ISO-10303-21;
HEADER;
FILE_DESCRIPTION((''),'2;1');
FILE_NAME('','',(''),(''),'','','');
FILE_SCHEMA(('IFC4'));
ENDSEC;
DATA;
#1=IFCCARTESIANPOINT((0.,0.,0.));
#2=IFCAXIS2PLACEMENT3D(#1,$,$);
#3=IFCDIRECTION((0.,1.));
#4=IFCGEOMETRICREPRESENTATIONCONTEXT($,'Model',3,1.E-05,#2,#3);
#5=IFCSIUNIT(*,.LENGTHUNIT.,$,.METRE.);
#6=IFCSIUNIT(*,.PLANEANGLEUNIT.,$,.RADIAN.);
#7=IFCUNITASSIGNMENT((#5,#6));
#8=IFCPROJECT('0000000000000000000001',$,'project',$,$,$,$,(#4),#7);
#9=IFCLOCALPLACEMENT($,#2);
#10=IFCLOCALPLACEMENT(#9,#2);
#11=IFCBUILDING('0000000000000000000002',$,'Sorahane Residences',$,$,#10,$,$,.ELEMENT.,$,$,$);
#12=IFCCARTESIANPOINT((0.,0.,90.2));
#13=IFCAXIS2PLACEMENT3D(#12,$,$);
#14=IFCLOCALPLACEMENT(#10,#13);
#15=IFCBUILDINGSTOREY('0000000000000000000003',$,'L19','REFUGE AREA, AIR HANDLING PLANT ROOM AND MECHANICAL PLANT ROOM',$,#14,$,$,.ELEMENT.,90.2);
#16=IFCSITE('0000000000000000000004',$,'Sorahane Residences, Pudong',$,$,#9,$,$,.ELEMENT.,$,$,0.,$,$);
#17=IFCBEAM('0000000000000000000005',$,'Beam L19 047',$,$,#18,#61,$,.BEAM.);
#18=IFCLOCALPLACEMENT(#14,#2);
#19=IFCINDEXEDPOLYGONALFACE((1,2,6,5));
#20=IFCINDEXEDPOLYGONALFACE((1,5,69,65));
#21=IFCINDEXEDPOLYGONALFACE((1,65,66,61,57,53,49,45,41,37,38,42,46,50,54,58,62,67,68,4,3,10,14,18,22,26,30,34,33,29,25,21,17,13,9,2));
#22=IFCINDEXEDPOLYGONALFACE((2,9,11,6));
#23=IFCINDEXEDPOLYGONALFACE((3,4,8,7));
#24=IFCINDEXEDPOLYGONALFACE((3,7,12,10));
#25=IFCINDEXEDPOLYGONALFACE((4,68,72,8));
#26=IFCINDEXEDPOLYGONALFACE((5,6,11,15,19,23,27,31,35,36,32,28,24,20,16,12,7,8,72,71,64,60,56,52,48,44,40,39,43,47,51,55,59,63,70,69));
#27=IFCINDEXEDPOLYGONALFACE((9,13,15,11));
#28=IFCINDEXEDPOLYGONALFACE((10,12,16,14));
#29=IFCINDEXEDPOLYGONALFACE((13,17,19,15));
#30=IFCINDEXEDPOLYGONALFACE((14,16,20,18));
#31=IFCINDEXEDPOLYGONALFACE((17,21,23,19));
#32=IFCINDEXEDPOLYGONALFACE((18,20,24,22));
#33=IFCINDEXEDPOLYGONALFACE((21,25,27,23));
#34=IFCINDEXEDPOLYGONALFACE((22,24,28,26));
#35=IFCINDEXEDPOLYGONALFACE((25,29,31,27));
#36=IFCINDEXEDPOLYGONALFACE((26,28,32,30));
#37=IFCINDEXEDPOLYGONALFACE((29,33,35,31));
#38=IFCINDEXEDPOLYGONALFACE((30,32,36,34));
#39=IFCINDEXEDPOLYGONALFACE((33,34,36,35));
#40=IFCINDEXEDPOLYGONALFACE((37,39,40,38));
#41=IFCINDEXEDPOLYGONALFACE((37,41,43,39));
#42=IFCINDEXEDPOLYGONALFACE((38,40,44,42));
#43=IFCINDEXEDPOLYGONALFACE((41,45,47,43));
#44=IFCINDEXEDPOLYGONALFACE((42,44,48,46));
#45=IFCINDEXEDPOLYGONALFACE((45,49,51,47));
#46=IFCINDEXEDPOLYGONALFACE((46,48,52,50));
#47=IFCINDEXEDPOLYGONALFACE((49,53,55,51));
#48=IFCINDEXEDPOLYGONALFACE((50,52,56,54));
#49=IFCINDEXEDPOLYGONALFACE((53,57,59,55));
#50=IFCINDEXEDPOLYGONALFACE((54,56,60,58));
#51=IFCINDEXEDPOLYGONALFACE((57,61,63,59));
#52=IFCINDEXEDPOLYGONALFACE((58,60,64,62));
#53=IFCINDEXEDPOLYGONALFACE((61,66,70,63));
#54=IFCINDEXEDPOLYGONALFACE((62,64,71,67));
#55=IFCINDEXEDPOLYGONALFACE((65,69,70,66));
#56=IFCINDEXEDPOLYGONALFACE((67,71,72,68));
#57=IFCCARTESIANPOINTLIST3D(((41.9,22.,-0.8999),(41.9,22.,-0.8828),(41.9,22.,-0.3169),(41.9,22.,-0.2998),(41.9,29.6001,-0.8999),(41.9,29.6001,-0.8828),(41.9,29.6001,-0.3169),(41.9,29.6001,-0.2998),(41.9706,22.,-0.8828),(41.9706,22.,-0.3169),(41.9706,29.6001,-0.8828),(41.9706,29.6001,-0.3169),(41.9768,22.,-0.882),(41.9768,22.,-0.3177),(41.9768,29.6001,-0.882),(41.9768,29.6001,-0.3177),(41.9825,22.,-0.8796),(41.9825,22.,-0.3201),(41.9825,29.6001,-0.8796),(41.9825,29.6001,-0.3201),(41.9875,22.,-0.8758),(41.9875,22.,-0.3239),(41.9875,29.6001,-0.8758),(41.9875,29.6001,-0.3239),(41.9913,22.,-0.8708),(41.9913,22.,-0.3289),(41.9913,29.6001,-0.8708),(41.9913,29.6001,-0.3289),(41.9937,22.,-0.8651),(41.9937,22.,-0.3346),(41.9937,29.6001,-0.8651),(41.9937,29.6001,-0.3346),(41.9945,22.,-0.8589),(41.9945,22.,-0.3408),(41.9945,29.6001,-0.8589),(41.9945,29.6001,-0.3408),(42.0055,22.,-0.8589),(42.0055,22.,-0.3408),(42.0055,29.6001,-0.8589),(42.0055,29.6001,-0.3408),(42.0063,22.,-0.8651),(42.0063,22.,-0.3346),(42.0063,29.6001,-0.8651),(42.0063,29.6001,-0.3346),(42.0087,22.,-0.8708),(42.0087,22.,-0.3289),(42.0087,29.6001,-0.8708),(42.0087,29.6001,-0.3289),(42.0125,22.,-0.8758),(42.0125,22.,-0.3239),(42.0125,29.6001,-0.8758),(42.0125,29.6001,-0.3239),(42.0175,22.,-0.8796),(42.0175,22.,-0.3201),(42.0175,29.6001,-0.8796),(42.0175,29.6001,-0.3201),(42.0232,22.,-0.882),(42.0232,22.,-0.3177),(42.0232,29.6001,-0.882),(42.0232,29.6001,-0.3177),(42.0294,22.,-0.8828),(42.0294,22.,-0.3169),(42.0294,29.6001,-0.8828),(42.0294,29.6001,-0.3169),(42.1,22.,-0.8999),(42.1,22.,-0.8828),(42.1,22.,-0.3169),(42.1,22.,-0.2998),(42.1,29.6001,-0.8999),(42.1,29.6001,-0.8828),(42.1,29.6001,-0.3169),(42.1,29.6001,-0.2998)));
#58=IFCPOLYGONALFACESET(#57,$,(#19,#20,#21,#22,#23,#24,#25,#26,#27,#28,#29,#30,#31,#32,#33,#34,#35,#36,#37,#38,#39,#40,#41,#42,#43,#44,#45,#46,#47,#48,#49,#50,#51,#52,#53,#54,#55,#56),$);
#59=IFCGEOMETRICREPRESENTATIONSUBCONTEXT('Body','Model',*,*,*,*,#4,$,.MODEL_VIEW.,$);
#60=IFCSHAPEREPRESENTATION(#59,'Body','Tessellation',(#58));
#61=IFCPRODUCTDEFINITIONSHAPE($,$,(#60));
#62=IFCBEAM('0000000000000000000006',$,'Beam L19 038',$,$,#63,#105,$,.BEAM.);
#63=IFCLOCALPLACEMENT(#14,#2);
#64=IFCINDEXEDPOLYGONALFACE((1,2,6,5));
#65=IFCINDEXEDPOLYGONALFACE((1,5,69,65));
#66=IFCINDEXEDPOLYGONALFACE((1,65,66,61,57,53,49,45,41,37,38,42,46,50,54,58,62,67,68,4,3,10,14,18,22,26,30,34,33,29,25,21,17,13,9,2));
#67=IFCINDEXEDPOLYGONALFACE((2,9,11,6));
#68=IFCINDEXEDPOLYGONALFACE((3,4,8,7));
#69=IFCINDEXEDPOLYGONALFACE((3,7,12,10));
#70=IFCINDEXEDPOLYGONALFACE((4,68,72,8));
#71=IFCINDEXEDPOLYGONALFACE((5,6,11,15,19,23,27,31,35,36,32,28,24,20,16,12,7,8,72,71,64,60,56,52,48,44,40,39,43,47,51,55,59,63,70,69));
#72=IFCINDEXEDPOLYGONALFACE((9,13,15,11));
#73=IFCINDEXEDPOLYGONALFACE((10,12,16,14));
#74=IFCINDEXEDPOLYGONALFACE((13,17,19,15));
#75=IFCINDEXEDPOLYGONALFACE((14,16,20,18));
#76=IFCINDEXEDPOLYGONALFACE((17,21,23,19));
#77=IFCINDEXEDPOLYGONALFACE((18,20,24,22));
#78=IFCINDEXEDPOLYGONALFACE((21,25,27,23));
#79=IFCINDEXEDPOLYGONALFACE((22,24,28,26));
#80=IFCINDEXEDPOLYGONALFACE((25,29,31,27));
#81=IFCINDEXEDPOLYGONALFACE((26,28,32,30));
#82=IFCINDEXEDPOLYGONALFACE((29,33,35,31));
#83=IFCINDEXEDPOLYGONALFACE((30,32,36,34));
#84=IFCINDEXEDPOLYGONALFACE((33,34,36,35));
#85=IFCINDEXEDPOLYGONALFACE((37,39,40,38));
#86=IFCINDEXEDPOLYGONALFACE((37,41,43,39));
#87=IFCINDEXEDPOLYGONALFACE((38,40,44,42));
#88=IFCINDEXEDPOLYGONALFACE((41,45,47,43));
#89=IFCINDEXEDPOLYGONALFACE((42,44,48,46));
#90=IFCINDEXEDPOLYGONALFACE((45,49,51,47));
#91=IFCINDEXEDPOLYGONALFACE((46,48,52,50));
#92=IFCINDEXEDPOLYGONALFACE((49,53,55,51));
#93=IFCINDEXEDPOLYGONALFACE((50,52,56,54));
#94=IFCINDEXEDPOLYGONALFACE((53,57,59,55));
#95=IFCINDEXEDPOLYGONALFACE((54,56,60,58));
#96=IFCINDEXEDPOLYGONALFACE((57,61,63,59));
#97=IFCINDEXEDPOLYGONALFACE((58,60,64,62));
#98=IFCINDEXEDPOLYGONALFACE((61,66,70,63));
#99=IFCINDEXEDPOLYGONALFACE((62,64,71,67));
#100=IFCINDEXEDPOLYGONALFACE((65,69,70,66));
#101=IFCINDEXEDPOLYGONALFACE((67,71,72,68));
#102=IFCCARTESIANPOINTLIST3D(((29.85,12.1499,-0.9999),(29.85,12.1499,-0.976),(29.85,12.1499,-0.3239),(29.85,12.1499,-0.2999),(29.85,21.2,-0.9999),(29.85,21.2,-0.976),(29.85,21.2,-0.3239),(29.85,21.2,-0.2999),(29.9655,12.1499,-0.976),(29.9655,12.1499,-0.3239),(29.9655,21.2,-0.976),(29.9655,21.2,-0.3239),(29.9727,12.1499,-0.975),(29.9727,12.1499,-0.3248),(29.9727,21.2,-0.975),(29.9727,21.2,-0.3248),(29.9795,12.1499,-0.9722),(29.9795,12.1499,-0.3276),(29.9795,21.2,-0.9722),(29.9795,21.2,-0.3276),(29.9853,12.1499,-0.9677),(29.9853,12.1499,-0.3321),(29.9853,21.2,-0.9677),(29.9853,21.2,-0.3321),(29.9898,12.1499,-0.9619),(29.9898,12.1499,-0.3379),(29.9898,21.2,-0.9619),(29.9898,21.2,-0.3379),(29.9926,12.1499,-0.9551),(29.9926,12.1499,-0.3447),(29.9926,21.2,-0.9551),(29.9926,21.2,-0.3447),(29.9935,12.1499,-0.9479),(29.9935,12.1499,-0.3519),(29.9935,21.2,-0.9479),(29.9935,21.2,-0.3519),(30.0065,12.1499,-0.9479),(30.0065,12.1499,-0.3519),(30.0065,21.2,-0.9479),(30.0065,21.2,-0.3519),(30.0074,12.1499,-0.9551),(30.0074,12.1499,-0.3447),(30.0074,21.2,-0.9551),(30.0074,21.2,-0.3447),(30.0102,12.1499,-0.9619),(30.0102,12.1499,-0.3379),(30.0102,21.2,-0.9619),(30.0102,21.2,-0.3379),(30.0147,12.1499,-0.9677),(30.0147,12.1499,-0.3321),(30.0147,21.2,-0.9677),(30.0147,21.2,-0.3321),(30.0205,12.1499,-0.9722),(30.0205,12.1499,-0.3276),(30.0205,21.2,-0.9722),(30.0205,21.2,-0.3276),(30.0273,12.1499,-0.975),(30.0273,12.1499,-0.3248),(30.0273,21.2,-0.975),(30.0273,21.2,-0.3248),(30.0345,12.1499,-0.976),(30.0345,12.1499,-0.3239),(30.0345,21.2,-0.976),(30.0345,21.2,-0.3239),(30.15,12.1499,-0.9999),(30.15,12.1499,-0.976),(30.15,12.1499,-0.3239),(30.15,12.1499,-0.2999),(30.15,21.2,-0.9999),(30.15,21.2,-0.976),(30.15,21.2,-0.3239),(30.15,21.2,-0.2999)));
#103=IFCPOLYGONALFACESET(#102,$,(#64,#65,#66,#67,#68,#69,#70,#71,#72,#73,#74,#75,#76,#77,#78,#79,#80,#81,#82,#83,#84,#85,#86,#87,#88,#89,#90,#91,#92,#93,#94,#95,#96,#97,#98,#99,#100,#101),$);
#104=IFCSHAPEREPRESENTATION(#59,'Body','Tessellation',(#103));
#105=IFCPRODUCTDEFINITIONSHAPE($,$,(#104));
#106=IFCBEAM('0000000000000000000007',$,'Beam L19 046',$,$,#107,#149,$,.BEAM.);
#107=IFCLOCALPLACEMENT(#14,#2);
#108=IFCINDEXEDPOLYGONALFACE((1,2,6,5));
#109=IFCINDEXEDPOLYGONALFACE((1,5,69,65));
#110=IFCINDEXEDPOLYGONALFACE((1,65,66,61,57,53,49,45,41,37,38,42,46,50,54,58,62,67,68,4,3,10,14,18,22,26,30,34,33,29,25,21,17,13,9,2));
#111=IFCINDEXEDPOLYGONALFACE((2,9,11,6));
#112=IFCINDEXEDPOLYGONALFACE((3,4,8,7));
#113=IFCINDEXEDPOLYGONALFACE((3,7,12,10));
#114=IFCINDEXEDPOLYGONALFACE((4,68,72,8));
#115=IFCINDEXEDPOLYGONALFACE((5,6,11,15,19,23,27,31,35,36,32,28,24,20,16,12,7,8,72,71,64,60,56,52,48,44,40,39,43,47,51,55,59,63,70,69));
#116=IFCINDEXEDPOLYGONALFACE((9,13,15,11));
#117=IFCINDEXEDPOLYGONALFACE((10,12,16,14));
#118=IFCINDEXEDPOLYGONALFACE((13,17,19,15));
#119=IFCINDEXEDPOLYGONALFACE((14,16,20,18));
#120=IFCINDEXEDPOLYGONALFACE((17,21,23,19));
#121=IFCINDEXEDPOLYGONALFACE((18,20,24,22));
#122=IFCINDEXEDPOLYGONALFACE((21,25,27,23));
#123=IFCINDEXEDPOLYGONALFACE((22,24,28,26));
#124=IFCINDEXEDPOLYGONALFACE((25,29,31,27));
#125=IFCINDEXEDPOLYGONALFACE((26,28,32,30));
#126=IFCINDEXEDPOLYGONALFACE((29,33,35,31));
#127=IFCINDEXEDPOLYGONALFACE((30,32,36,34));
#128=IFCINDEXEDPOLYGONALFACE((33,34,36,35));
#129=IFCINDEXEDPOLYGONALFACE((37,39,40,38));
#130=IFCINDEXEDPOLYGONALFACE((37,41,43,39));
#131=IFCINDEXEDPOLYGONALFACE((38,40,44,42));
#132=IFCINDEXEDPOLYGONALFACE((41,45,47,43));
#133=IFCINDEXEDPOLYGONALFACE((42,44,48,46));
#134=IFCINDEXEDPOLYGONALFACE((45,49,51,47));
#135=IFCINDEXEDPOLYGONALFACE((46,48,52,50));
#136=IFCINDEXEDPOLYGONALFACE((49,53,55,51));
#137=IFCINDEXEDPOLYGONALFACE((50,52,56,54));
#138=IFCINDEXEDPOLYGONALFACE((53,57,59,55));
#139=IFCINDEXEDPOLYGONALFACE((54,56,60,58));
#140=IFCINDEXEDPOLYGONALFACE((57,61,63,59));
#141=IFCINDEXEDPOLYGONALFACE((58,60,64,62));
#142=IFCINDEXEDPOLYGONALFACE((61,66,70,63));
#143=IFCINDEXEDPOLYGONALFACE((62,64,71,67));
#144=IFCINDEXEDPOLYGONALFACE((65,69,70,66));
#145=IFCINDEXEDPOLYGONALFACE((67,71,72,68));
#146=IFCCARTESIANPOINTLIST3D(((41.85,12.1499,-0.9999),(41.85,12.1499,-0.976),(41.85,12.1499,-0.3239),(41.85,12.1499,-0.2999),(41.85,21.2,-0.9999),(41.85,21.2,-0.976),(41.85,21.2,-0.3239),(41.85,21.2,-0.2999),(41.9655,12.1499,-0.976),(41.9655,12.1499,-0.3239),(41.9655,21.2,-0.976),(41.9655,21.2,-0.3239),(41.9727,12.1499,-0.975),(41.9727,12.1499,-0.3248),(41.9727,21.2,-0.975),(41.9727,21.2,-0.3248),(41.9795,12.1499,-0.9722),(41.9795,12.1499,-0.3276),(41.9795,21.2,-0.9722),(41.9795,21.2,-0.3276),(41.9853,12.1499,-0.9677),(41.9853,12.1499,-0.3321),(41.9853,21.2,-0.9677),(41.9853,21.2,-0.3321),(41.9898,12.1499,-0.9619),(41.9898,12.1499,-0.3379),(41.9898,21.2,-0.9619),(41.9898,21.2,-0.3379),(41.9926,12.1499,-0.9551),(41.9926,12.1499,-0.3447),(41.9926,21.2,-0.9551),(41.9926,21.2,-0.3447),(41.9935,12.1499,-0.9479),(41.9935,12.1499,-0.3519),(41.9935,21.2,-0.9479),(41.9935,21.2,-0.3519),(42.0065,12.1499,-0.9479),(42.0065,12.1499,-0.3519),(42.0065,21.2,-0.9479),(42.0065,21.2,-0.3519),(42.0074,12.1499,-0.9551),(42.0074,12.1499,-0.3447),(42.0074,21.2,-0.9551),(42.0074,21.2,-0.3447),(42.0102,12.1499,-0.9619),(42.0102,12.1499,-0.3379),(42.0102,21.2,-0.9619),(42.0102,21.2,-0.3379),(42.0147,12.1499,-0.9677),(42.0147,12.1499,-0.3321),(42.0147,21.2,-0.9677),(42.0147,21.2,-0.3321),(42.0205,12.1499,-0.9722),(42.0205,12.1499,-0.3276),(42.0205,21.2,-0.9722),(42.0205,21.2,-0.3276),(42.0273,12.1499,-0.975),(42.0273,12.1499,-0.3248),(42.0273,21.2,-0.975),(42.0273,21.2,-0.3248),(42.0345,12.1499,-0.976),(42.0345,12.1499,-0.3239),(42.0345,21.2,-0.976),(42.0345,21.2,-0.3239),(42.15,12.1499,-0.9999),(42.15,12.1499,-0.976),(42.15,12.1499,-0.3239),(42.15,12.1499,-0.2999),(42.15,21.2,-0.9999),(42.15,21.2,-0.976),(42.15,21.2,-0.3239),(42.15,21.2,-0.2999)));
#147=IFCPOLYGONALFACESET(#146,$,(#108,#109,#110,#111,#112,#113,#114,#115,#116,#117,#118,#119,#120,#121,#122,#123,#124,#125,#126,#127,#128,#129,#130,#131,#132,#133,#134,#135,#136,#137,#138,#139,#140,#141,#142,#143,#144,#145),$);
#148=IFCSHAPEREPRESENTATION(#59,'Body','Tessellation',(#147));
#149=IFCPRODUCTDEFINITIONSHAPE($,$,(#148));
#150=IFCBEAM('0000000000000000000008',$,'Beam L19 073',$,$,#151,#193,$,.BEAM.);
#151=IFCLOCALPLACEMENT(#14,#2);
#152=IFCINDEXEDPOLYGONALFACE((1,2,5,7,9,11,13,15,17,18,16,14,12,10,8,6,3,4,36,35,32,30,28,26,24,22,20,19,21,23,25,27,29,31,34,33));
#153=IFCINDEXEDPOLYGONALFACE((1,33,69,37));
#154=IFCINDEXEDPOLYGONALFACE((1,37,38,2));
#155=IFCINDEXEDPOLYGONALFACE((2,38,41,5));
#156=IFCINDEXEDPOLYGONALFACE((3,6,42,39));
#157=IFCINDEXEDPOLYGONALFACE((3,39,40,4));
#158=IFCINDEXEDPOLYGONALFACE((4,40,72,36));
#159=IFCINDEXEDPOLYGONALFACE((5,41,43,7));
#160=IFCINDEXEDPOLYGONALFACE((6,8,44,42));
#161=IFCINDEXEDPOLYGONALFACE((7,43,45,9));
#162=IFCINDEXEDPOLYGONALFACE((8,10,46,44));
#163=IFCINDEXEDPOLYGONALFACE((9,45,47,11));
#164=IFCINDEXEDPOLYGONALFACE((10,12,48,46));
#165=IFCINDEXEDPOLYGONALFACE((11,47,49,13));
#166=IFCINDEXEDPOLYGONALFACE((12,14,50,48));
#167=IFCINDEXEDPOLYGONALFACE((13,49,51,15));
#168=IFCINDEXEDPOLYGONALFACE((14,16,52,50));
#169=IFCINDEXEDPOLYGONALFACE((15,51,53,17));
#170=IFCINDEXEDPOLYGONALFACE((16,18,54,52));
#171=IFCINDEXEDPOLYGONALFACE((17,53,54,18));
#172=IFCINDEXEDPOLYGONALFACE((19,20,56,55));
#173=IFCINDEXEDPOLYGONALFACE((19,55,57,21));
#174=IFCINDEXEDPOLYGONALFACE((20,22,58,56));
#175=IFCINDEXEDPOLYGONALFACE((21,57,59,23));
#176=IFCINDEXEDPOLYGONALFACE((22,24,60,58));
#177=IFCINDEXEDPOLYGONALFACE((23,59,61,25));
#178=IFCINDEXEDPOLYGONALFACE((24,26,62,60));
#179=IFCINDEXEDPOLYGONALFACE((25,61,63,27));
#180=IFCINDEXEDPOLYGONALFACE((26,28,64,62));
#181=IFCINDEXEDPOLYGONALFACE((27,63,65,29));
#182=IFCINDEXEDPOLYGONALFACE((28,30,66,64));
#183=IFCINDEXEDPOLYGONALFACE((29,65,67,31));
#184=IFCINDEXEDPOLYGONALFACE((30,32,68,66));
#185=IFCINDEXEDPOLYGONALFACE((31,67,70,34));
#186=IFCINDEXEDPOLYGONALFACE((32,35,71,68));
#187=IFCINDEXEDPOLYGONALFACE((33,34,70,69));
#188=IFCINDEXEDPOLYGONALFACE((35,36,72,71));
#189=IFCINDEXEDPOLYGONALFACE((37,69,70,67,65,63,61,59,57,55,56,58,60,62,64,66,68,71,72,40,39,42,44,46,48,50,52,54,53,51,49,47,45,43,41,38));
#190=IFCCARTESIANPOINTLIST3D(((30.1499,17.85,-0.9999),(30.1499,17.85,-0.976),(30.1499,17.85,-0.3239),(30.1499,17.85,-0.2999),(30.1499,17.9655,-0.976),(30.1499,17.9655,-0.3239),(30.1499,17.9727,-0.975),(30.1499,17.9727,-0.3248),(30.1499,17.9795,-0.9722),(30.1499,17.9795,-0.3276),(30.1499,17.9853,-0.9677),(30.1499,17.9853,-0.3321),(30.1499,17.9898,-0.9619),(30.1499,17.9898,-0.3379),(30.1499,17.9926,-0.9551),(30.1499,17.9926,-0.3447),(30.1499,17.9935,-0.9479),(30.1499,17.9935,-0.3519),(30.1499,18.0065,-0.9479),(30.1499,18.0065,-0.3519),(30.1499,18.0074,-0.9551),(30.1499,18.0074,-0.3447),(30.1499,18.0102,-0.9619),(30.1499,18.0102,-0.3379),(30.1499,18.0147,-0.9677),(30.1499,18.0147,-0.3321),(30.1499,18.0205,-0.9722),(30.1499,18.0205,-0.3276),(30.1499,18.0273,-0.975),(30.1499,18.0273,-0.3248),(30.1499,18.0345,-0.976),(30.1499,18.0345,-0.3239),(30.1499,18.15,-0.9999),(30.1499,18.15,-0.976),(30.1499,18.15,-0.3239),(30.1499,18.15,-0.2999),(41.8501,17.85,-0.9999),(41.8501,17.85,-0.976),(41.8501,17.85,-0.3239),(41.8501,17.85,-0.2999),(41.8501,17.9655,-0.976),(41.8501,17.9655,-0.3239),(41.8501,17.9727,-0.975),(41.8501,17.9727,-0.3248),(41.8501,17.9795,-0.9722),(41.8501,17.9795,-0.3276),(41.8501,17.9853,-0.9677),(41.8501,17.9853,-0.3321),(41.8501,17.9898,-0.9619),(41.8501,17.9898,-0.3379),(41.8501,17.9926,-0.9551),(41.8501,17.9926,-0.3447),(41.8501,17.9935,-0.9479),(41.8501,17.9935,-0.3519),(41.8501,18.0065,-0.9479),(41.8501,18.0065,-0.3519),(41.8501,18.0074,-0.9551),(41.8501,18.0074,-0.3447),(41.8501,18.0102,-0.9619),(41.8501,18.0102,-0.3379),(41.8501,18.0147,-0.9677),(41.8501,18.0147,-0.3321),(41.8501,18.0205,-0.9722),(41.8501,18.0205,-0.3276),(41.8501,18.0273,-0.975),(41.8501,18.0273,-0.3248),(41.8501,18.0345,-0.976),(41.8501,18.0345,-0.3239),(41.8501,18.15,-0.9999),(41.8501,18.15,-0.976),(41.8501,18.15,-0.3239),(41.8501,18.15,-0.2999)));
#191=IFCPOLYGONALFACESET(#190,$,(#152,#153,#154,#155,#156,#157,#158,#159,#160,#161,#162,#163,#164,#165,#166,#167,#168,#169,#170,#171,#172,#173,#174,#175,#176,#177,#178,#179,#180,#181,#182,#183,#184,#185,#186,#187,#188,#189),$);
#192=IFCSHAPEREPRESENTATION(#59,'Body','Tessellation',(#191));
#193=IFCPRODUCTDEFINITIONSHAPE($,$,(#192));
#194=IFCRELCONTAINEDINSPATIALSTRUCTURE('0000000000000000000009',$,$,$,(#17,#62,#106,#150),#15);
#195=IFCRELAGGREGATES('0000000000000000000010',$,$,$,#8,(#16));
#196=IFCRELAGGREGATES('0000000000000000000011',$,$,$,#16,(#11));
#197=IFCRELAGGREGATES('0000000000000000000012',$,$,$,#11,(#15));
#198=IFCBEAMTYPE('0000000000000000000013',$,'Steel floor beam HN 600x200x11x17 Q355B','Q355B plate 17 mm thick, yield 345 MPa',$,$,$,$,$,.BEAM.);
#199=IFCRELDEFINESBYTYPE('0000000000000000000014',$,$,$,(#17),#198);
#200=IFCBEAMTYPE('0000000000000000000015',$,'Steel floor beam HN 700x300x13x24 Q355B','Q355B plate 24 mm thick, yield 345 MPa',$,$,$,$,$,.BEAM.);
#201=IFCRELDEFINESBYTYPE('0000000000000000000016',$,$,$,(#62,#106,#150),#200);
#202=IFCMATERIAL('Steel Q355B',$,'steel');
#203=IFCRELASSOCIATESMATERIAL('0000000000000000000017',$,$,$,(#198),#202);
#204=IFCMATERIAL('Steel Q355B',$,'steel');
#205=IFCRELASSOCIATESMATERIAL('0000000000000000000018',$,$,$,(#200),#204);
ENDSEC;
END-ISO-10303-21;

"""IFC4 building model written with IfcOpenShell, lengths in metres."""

from ifc_helpers import new_model, si_unit, direction, frame, origin, origin_2d, place, context, subcontext, project, spatial, i_section, extrude, material, material_profile, profile_set, type_object, element, save


model = new_model("IFC4")

# Units and contexts
model_context = context("Model", 3, precision=1e-05, world=origin(), true_north=direction((0.0, 1.0)))
body_context = subcontext(model_context, "Body", "Model", "MODEL_VIEW")
ifc_project = project(units=[si_unit("LENGTHUNIT", "METRE"), si_unit("PLANEANGLEUNIT", "RADIAN")], contexts=[model_context])

# Site, building, storey
site_placement = place(None, origin())
site = spatial("IfcSite", under=ifc_project, at=site_placement, Name="Sorahane Residences, Pudong", CompositionType="ELEMENT", RefElevation=0.0)
building_placement = place(site_placement, origin())
building = spatial("IfcBuilding", under=site, at=building_placement, Name="Sorahane Residences", CompositionType="ELEMENT")
storey_placement = place(building_placement, frame((0.0, 0.0, 90.2)))
storey = spatial("IfcBuildingStorey", under=building, at=storey_placement, Name="L19", Description="REFUGE AREA, AIR HANDLING PLANT ROOM AND MECHANICAL PLANT ROOM", CompositionType="ELEMENT", Elevation=90.2)

# Beams
ifc_material_1 = material(Name="Steel Q355B", Category="steel")
ifc_material_profile_1 = material_profile(ifc_material_1, i_section(OverallWidth=0.2, OverallDepth=0.6001, WebThickness=0.011, FlangeThickness=0.0171, FilletRadius=0.0239, at=origin_2d()), Name="HN 600x200x11x17")
ifc_profile_set_1 = profile_set([ifc_material_profile_1], Name="Steel Q355B")
beam_type_1 = type_object("IfcBeamType", Name="Steel floor beam HN 600x200x11x17 Q355B", Description="Q355B plate 17 mm thick, yield 345 MPa", PredefinedType="BEAM", material=ifc_profile_set_1)
for number, where, z_axis, x_axis, name in (
    (1, (42.0, 22.0, -0.5999), (0.0, 1.0, 0.0), (-1.0, 0.0, 0.0), "Beam L19 047"),
):
    element("IfcBeam", number, at=place(storey_placement, frame(where, z_axis=z_axis, x_axis=x_axis)), inside=storey, type_object=beam_type_1, Name=name, PredefinedType="BEAM", context=body_context, shape_type="SweptSolid", body=[
        extrude(i_section(OverallWidth=0.2, OverallDepth=0.6001, WebThickness=0.011, FlangeThickness=0.0171, FilletRadius=0.0239, at=origin_2d()), origin(), (0.0, 0.0, 1.0), 7.6001),
    ])
ifc_material_2 = material(Name="Steel Q355B", Category="steel")
ifc_material_profile_2 = material_profile(ifc_material_2, i_section(OverallWidth=0.3, OverallDepth=0.7, WebThickness=0.0129, FlangeThickness=0.0239, FilletRadius=0.0281, at=origin_2d()), Name="HN 700x300x13x24")
ifc_profile_set_2 = profile_set([ifc_material_profile_2], Name="Steel Q355B")
beam_type_2 = type_object("IfcBeamType", Name="Steel floor beam HN 700x300x13x24 Q355B", Description="Q355B plate 24 mm thick, yield 345 MPa", PredefinedType="BEAM", material=ifc_profile_set_2)
for number, where, z_axis, x_axis, name in (
    (2, (30.0, 12.1499, -0.6499), (0.0, 1.0, 0.0), (-1.0, 0.0, 0.0), "Beam L19 038"),
    (3, (42.0, 12.1499, -0.6499), (0.0, 1.0, 0.0), (-1.0, 0.0, 0.0), "Beam L19 046"),
):
    element("IfcBeam", number, at=place(storey_placement, frame(where, z_axis=z_axis, x_axis=x_axis)), inside=storey, type_object=beam_type_2, Name=name, PredefinedType="BEAM", context=body_context, shape_type="SweptSolid", body=[
        extrude(i_section(OverallWidth=0.3, OverallDepth=0.7, WebThickness=0.0129, FlangeThickness=0.0239, FilletRadius=0.0281, at=origin_2d()), origin(), (0.0, 0.0, 1.0), 9.05),
    ])
beam_1_placement = place(storey_placement, frame((30.1499, 18.0, -0.6499), z_axis=(1.0, 0.0, 0.0), x_axis=(0.0, 1.0, 0.0)))
element("IfcBeam", 4, at=beam_1_placement, inside=storey, type_object=beam_type_2, Name="Beam L19 073", PredefinedType="BEAM", context=body_context, shape_type="SweptSolid", body=[
    extrude(i_section(OverallWidth=0.3, OverallDepth=0.7, WebThickness=0.0129, FlangeThickness=0.0239, FilletRadius=0.0281, at=origin_2d()), origin(), (0.0, 0.0, 1.0), 11.7002),
])

save(model, "model.ifc")
